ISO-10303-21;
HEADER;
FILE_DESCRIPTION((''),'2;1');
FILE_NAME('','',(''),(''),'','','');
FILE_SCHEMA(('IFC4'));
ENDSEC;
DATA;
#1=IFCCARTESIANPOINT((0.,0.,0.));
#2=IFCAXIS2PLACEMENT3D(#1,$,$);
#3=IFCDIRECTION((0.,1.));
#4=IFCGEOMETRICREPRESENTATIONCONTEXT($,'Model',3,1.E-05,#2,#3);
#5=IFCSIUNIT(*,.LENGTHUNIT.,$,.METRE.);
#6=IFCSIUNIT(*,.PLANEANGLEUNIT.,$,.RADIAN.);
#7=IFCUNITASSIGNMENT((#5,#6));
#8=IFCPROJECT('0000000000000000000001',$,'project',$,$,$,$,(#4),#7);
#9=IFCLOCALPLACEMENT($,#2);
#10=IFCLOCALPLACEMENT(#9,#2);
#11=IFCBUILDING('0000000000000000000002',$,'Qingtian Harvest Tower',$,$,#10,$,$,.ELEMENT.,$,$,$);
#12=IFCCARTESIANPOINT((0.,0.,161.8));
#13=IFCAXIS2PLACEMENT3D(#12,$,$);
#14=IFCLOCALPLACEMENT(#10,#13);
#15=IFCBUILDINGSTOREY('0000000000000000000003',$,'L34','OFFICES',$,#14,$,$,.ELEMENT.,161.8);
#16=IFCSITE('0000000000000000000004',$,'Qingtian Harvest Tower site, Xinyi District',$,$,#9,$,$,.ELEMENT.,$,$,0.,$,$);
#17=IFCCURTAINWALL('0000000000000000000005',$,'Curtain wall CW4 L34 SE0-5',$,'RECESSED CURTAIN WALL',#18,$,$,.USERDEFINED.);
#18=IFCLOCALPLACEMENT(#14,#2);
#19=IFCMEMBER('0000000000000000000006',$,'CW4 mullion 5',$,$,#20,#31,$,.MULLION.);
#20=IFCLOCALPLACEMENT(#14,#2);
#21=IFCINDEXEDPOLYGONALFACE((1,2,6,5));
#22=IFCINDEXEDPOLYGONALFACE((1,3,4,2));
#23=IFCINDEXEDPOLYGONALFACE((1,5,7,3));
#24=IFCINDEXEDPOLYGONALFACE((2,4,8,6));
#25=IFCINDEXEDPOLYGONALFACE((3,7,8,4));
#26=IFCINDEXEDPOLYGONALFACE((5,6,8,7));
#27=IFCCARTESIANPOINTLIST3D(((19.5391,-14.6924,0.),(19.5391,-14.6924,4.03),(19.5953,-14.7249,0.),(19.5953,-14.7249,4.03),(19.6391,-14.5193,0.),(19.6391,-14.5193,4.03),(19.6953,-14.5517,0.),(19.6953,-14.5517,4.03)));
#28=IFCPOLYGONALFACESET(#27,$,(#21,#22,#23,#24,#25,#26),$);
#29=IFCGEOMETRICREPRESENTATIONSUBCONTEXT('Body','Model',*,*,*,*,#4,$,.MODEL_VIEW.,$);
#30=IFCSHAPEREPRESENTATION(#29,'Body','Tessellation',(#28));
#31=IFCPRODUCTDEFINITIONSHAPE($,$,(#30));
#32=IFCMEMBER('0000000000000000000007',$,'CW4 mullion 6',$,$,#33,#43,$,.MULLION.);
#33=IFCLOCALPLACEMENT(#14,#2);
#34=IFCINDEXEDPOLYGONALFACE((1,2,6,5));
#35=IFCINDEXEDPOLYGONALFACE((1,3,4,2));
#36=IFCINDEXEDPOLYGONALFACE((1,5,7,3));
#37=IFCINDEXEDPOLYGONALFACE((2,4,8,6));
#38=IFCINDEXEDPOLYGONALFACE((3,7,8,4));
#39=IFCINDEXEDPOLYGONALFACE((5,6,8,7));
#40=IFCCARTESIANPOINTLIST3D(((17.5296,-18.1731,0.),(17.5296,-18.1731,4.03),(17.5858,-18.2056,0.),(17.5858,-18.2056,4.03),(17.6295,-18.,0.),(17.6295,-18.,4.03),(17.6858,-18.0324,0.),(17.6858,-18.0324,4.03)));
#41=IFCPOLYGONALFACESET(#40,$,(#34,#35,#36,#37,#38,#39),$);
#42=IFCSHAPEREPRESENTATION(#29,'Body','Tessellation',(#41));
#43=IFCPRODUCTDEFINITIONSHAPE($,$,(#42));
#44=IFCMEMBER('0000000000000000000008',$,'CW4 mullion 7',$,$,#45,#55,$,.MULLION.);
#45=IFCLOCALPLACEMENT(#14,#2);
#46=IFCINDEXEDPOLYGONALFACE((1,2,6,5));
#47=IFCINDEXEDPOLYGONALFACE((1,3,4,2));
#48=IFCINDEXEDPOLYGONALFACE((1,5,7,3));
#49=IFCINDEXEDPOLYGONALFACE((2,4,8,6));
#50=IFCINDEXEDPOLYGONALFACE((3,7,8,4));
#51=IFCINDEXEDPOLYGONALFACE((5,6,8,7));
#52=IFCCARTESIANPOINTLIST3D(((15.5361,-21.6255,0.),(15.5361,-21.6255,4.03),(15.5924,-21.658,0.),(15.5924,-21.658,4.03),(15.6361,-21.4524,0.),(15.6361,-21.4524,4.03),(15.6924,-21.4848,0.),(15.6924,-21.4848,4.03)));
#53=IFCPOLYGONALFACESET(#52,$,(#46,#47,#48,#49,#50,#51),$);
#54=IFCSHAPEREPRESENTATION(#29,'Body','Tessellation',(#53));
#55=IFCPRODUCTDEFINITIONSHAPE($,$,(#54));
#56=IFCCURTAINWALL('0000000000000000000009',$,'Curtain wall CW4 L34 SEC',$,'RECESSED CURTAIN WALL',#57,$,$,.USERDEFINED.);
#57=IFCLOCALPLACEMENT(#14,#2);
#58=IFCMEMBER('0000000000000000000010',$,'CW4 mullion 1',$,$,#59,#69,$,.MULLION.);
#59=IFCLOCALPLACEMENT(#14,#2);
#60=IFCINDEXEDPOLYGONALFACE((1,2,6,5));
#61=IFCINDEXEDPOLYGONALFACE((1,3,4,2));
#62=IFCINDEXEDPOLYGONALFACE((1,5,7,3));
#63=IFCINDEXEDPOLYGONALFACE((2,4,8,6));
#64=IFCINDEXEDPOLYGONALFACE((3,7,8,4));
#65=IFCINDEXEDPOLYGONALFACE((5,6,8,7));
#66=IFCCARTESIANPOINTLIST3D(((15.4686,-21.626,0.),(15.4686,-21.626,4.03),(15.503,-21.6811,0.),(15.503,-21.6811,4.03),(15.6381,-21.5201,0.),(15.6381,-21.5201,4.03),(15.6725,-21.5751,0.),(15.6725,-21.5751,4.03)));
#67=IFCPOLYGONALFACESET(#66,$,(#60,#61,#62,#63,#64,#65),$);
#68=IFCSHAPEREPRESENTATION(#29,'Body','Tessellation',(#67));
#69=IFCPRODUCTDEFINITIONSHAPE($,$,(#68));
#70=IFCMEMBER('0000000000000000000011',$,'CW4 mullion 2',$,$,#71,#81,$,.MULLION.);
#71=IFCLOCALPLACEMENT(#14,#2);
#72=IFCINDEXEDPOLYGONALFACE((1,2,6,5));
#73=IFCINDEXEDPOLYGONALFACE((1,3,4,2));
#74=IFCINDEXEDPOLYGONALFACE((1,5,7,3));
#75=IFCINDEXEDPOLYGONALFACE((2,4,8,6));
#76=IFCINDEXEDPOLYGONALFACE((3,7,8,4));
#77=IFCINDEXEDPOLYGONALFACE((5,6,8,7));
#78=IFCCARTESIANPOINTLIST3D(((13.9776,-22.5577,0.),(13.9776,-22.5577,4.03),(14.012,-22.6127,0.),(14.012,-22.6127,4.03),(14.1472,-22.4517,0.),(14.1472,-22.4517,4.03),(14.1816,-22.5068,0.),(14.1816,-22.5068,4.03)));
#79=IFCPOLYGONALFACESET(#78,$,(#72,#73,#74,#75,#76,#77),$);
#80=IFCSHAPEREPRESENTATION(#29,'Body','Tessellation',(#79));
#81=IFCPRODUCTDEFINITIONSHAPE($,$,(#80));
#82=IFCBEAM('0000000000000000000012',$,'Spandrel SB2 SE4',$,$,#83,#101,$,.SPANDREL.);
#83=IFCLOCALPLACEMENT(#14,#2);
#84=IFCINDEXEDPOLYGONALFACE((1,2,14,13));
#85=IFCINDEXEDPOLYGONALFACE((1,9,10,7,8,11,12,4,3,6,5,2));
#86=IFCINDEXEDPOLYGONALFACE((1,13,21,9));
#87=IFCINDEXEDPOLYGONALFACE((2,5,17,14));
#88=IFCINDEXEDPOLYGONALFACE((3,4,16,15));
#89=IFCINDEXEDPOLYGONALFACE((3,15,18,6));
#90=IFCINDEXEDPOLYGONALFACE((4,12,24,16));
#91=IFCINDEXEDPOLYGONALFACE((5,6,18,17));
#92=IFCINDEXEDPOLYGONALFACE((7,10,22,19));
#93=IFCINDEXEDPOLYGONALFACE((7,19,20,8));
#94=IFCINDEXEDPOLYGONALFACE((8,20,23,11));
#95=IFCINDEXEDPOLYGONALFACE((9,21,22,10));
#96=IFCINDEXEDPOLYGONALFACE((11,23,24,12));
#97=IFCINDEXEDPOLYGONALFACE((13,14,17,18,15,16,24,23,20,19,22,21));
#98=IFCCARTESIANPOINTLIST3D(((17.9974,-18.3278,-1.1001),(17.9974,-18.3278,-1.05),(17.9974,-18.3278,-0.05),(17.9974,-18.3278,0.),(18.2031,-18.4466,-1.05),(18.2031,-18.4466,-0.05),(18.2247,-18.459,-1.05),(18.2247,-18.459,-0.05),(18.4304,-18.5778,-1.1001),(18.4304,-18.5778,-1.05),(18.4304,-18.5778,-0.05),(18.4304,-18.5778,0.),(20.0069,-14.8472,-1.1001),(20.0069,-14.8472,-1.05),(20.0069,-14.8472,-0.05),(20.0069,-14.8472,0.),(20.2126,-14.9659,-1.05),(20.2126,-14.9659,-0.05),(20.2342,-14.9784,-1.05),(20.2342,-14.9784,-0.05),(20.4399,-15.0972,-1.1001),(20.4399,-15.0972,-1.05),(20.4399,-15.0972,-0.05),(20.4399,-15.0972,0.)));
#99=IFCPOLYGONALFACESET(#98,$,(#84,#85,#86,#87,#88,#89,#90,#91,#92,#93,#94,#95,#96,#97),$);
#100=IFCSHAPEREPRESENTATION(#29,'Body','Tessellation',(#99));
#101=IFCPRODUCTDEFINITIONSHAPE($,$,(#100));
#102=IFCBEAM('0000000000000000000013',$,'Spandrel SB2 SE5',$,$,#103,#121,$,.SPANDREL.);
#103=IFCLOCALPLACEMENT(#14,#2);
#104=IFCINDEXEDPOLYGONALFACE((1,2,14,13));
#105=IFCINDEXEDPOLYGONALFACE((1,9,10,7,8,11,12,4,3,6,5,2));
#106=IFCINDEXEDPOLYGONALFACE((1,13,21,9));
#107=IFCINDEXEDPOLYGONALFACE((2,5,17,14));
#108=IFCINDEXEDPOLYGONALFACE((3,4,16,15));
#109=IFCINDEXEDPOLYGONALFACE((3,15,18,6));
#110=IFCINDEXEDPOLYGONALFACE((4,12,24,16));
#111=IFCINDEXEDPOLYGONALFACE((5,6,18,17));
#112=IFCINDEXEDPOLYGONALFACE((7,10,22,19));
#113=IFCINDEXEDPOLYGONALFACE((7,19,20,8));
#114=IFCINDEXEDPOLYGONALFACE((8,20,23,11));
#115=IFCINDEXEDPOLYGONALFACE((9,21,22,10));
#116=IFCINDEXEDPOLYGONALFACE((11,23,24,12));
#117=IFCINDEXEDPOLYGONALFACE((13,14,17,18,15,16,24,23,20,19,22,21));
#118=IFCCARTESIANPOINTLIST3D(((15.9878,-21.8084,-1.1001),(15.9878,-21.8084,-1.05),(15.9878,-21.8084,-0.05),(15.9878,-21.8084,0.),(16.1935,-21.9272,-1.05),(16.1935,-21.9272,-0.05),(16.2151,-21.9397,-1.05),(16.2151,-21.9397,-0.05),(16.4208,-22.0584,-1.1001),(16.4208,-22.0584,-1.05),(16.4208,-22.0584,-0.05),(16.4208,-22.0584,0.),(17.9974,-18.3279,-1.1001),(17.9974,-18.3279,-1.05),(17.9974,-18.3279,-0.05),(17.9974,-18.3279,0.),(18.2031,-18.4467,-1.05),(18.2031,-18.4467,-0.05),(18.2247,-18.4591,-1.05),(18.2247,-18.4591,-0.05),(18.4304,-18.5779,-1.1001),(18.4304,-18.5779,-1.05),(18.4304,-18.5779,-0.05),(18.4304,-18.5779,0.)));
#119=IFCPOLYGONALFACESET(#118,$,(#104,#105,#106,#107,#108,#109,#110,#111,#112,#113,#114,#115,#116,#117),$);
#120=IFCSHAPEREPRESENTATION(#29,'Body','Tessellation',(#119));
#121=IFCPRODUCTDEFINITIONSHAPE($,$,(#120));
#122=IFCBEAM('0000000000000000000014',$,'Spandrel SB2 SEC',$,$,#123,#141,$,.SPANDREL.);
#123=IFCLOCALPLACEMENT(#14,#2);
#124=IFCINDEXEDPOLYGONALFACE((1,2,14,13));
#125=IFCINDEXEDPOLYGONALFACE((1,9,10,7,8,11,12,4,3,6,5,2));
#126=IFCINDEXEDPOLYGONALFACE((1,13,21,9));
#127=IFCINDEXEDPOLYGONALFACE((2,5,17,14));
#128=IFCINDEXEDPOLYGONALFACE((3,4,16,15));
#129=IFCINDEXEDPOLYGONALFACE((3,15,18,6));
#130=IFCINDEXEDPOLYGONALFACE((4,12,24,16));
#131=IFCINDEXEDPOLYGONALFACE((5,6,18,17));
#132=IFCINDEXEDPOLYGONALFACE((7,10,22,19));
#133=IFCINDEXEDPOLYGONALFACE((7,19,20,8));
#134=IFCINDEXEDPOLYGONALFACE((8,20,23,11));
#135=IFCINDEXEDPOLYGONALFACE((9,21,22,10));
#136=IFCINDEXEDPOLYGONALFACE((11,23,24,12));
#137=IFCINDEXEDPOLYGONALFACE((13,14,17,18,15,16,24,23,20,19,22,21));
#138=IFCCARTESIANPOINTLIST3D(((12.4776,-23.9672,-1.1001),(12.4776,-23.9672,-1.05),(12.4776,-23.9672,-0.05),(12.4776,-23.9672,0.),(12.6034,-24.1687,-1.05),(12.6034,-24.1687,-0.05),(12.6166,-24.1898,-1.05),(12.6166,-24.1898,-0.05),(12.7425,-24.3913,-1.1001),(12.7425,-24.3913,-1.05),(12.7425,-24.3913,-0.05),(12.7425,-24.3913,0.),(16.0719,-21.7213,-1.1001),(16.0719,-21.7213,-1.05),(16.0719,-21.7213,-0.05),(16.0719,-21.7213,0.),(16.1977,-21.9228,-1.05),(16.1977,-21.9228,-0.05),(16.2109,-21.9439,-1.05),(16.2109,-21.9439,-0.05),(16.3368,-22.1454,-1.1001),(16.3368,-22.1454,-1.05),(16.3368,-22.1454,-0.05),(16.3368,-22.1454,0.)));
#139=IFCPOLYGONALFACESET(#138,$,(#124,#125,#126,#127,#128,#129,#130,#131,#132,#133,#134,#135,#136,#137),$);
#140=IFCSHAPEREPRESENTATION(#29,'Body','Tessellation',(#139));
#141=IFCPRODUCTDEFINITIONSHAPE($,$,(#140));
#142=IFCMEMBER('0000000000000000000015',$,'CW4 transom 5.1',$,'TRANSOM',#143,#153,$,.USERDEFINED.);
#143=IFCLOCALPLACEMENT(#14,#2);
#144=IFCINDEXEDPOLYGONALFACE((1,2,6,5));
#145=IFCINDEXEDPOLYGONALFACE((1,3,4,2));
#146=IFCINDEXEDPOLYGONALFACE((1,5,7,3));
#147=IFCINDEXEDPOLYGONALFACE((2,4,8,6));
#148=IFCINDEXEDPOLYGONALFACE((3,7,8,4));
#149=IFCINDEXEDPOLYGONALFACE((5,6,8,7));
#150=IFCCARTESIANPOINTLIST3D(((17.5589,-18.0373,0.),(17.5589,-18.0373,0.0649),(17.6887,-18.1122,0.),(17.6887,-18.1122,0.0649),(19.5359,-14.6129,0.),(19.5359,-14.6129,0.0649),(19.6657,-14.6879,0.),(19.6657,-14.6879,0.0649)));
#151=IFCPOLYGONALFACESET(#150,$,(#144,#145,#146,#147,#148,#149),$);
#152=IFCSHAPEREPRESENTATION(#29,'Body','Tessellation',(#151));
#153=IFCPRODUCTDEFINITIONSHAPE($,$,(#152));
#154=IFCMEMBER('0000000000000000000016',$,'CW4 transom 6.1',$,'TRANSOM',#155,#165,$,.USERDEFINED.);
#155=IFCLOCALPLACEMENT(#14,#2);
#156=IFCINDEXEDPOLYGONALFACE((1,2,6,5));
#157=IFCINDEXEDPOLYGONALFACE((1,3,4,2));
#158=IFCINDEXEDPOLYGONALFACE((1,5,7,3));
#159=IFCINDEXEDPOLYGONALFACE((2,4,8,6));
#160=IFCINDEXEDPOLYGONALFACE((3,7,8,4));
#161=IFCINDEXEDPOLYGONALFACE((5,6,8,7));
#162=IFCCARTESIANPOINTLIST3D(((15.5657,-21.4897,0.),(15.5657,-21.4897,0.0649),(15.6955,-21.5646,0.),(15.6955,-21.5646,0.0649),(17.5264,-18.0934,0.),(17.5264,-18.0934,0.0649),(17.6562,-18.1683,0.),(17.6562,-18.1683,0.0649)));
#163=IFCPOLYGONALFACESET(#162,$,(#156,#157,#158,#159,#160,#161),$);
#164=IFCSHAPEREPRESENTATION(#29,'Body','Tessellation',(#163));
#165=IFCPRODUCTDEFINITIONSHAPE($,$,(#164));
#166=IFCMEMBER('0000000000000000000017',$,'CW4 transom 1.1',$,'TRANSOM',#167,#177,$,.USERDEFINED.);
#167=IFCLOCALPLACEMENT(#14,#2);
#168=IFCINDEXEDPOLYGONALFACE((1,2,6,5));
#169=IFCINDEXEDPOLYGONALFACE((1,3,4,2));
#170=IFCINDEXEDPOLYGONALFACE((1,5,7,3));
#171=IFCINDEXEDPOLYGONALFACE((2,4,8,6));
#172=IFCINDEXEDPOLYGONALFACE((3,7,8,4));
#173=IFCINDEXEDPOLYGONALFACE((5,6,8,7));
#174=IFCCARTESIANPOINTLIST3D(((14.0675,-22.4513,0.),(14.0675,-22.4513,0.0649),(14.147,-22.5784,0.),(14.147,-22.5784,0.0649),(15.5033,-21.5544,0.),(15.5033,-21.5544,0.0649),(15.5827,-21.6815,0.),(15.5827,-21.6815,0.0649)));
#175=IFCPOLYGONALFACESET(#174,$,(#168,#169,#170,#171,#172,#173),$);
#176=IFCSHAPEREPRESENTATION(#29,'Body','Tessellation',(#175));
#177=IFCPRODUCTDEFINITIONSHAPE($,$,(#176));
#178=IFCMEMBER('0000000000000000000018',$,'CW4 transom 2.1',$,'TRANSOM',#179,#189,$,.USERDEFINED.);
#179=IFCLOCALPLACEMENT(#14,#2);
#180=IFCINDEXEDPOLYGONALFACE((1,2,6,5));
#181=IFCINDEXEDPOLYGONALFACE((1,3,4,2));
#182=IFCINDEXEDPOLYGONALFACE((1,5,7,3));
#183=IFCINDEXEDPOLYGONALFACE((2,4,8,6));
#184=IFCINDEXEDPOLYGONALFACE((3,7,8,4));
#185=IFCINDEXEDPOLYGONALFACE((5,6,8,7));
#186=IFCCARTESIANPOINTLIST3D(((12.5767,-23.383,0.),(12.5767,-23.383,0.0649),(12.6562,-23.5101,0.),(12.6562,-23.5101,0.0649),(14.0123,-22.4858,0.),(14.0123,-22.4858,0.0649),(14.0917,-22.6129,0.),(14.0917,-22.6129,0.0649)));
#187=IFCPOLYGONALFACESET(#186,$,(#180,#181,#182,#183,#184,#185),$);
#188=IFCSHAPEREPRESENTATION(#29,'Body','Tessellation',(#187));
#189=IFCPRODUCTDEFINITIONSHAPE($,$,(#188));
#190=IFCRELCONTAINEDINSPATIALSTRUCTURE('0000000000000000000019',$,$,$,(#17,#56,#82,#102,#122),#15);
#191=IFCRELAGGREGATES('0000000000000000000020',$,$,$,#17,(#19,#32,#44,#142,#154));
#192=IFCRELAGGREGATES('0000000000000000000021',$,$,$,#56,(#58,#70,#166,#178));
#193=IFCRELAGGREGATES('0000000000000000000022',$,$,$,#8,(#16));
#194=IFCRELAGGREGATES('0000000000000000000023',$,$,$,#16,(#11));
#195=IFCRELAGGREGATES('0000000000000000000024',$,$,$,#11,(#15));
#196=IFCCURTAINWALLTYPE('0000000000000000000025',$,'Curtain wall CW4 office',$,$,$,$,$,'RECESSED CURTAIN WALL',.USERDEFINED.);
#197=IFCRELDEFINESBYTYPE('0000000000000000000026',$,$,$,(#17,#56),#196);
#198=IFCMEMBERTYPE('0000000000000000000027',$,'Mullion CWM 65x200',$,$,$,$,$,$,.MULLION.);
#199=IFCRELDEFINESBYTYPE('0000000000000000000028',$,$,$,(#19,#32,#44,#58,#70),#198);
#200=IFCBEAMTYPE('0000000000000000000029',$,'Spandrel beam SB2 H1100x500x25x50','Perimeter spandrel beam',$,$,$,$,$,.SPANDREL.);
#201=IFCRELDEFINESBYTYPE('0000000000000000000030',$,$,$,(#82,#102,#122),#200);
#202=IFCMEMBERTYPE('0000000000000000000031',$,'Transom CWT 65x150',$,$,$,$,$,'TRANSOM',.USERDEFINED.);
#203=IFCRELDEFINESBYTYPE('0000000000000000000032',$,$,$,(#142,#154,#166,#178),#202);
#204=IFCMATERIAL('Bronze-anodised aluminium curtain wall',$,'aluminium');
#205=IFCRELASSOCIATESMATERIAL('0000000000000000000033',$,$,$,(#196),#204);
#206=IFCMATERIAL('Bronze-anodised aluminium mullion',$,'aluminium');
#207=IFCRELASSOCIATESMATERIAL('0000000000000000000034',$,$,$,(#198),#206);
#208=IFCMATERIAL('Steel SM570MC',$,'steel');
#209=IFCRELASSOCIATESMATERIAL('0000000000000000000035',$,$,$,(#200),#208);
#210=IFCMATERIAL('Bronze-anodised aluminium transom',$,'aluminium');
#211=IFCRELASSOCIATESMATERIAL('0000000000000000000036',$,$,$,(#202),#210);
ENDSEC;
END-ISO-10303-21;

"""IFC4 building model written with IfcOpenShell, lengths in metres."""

from ifc_helpers import new_model, si_unit, direction, frame, origin, origin_2d, place, context, subcontext, project, spatial, rectangle, i_section, extrude, material, material_profile, profile_set, type_object, element, aggregate, save


model = new_model("IFC4")

# Units and contexts
model_context = context("Model", 3, precision=1e-05, world=origin(), true_north=direction((0.0, 1.0)))
body_context = subcontext(model_context, "Body", "Model", "MODEL_VIEW")
ifc_project = project(units=[si_unit("LENGTHUNIT", "METRE"), si_unit("PLANEANGLEUNIT", "RADIAN")], contexts=[model_context])

# Site, building, storey
site_placement = place(None, origin())
site = spatial("IfcSite", under=ifc_project, at=site_placement, Name="Qingtian Harvest Tower site, Xinyi District", CompositionType="ELEMENT", RefElevation=0.0)
building_placement = place(site_placement, origin())
building = spatial("IfcBuilding", under=site, at=building_placement, Name="Qingtian Harvest Tower", CompositionType="ELEMENT")
storey_placement = place(building_placement, frame((0.0, 0.0, 161.8)))
storey = spatial("IfcBuildingStorey", under=building, at=storey_placement, Name="L34", Description="OFFICES", CompositionType="ELEMENT", Elevation=161.8)

# Curtain walls, members
ifc_material_1 = material(Name="Bronze-anodised aluminium curtain wall", Category="aluminium")
curtain_wall_type = type_object("IfcCurtainWallType", Name="Curtain wall CW4 office", ElementType="RECESSED CURTAIN WALL", PredefinedType="USERDEFINED", material=ifc_material_1)
curtain_wall_1_placement = place(storey_placement, origin())
curtain_wall_1 = element("IfcCurtainWall", 1, at=curtain_wall_1_placement, inside=storey, type_object=curtain_wall_type, Name="Curtain wall CW4 L34 SE0-5", ObjectType="RECESSED CURTAIN WALL", PredefinedType="USERDEFINED")
ifc_material_2 = material(Name="Bronze-anodised aluminium mullion", Category="aluminium")
ifc_material_profile_1 = material_profile(ifc_material_2, rectangle(XDim=0.0649, YDim=0.2, at=origin_2d()), Name="AL 65x200")
ifc_profile_set_1 = profile_set([ifc_material_profile_1], Name="Bronze-anodised aluminium mullion")
member_type_1 = type_object("IfcMemberType", Name="Mullion CWM 65x200", PredefinedType="MULLION", material=ifc_profile_set_1)
member_1_placement = place(storey_placement, frame((19.6172, -14.6221, 0.0), z_axis=(0.0, 0.0, 1.0), x_axis=(0.866025, -0.5, 0.0)))
member_1 = element("IfcMember", 2, at=member_1_placement, type_object=member_type_1, Name="CW4 mullion 5", PredefinedType="MULLION", context=body_context, shape_type="SweptSolid", body=[
    extrude(rectangle(XDim=0.0649, YDim=0.2, at=origin_2d()), origin(), (0.0, 0.0, 1.0), 4.03),
])
member_2_placement = place(storey_placement, frame((17.6077, -18.1028, 0.0), z_axis=(0.0, 0.0, 1.0), x_axis=(0.866025, -0.5, 0.0)))
member_2 = element("IfcMember", 3, at=member_2_placement, type_object=member_type_1, Name="CW4 mullion 6", PredefinedType="MULLION", context=body_context, shape_type="SweptSolid", body=[
    extrude(rectangle(XDim=0.0649, YDim=0.2, at=origin_2d()), origin(), (0.0, 0.0, 1.0), 4.03),
])
member_3_placement = place(storey_placement, frame((15.6143, -21.5552, 0.0), z_axis=(0.0, 0.0, 1.0), x_axis=(0.866025, -0.5, 0.0)))
member_3 = element("IfcMember", 4, at=member_3_placement, type_object=member_type_1, Name="CW4 mullion 7", PredefinedType="MULLION", context=body_context, shape_type="SweptSolid", body=[
    extrude(rectangle(XDim=0.0649, YDim=0.2, at=origin_2d()), origin(), (0.0, 0.0, 1.0), 4.03),
])
curtain_wall_2_placement = place(storey_placement, origin())
curtain_wall_2 = element("IfcCurtainWall", 5, at=curtain_wall_2_placement, inside=storey, type_object=curtain_wall_type, Name="Curtain wall CW4 L34 SEC", ObjectType="RECESSED CURTAIN WALL", PredefinedType="USERDEFINED")
member_4_placement = place(storey_placement, frame((15.5706, -21.6006, 0.0), z_axis=(0.0, 0.0, 1.0), x_axis=(0.529919, -0.848048, 0.0)))
member_4 = element("IfcMember", 6, at=member_4_placement, type_object=member_type_1, Name="CW4 mullion 1", PredefinedType="MULLION", context=body_context, shape_type="SweptSolid", body=[
    extrude(rectangle(XDim=0.0649, YDim=0.2, at=origin_2d()), origin(), (0.0, 0.0, 1.0), 4.03),
])
member_5_placement = place(storey_placement, frame((14.0796, -22.5322, 0.0), z_axis=(0.0, 0.0, 1.0), x_axis=(0.529919, -0.848048, 0.0)))
member_5 = element("IfcMember", 7, at=member_5_placement, type_object=member_type_1, Name="CW4 mullion 2", PredefinedType="MULLION", context=body_context, shape_type="SweptSolid", body=[
    extrude(rectangle(XDim=0.0649, YDim=0.2, at=origin_2d()), origin(), (0.0, 0.0, 1.0), 4.03),
])

# Beams
ifc_material_3 = material(Name="Steel SM570MC", Category="steel")
ifc_material_profile_2 = material_profile(ifc_material_3, i_section(OverallWidth=0.5, OverallDepth=1.1001, WebThickness=0.0249, FlangeThickness=0.05, at=origin_2d()), Name="H1100x500x25x50")
ifc_profile_set_2 = profile_set([ifc_material_profile_2], Name="Steel SM570MC")
beam_type_1 = type_object("IfcBeamType", Name="Spandrel beam SB2 H1100x500x25x50", Description="Perimeter spandrel beam", PredefinedType="SPANDREL", material=ifc_profile_set_2)
for number, where, z_axis, x_axis, name in (
    (8, (20.2234, -14.9722, -0.55), (-0.499987, -0.866033, 0.0), (0.866033, -0.499987, 0.0), "Spandrel SB2 SE4"),
    (9, (18.2139, -18.4529, -0.55), (-0.500013, -0.866018, 0.0), (0.866018, -0.500013, 0.0), "Spandrel SB2 SE5"),
):
    element("IfcBeam", number, at=place(storey_placement, frame(where, z_axis=z_axis, x_axis=x_axis)), inside=storey, type_object=beam_type_1, Name=name, PredefinedType="SPANDREL", context=body_context, shape_type="SweptSolid", body=[
        extrude(i_section(OverallWidth=0.5, OverallDepth=1.1001, WebThickness=0.0249, FlangeThickness=0.05, at=origin_2d()), origin(), (0.0, 0.0, 1.0), 4.019),
    ])
beam_1_placement = place(storey_placement, frame((16.2043, -21.9333, -0.55), z_axis=(-0.848057, -0.529906, 0.0), x_axis=(0.529906, -0.848057, 0.0)))
element("IfcBeam", 10, at=beam_1_placement, inside=storey, type_object=beam_type_1, Name="Spandrel SB2 SEC", PredefinedType="SPANDREL", context=body_context, shape_type="SweptSolid", body=[
    extrude(i_section(OverallWidth=0.5, OverallDepth=1.1001, WebThickness=0.0249, FlangeThickness=0.05, at=origin_2d()), origin(), (0.0, 0.0, 1.0), 4.2383),
])

# Members
ifc_material_4 = material(Name="Bronze-anodised aluminium transom", Category="aluminium")
ifc_material_profile_3 = material_profile(ifc_material_4, rectangle(XDim=0.1499, YDim=0.0649, at=origin_2d()), Name="AL 65x150")
ifc_profile_set_3 = profile_set([ifc_material_profile_3], Name="Bronze-anodised aluminium transom")
member_type_2 = type_object("IfcMemberType", Name="Transom CWT 65x150", ElementType="TRANSOM", PredefinedType="USERDEFINED", material=ifc_profile_set_3)
member_6_placement = place(storey_placement, frame((19.6008, -14.6504, 0.0325), z_axis=(-0.500004, -0.866023, 0.0), x_axis=(0.866023, -0.500004, 0.0)))
member_6 = element("IfcMember", 11, at=member_6_placement, type_object=member_type_2, Name="CW4 transom 5.1", ObjectType="TRANSOM", PredefinedType="USERDEFINED", context=body_context, shape_type="SweptSolid", body=[
    extrude(rectangle(XDim=0.1499, YDim=0.0649, at=origin_2d()), origin(), (0.0, 0.0, 1.0), 3.9541),
])
member_7_placement = place(storey_placement, frame((17.5913, -18.1309, 0.0325), z_axis=(-0.499976, -0.866039, 0.0), x_axis=(0.866039, -0.499976, 0.0)))
member_7 = element("IfcMember", 12, at=member_7_placement, type_object=member_type_2, Name="CW4 transom 6.1", ObjectType="TRANSOM", PredefinedType="USERDEFINED", context=body_context, shape_type="SweptSolid", body=[
    extrude(rectangle(XDim=0.1499, YDim=0.0649, at=origin_2d()), origin(), (0.0, 0.0, 1.0), 3.9216),
])
member_8_placement = place(storey_placement, frame((15.543, -21.6179, 0.0325), z_axis=(-0.848104, -0.52983, 0.0), x_axis=(0.52983, -0.848104, 0.0)))
member_8 = element("IfcMember", 13, at=member_8_placement, type_object=member_type_2, Name="CW4 transom 1.1", ObjectType="TRANSOM", PredefinedType="USERDEFINED", context=body_context, shape_type="SweptSolid", body=[
    extrude(rectangle(XDim=0.1499, YDim=0.0649, at=origin_2d()), origin(), (0.0, 0.0, 1.0), 1.6929),
])
member_9_placement = place(storey_placement, frame((14.052, -22.5493, 0.0325), z_axis=(-0.847998, -0.529999, 0.0), x_axis=(0.529999, -0.847998, 0.0)))
member_9 = element("IfcMember", 14, at=member_9_placement, type_object=member_type_2, Name="CW4 transom 2.1", ObjectType="TRANSOM", PredefinedType="USERDEFINED", context=body_context, shape_type="SweptSolid", body=[
    extrude(rectangle(XDim=0.1499, YDim=0.0649, at=origin_2d()), origin(), (0.0, 0.0, 1.0), 1.6929),
])

aggregate(curtain_wall_1, [member_1, member_2, member_3, member_6, member_7])
aggregate(curtain_wall_2, [member_4, member_5, member_8, member_9])

save(model, "model.ifc")
